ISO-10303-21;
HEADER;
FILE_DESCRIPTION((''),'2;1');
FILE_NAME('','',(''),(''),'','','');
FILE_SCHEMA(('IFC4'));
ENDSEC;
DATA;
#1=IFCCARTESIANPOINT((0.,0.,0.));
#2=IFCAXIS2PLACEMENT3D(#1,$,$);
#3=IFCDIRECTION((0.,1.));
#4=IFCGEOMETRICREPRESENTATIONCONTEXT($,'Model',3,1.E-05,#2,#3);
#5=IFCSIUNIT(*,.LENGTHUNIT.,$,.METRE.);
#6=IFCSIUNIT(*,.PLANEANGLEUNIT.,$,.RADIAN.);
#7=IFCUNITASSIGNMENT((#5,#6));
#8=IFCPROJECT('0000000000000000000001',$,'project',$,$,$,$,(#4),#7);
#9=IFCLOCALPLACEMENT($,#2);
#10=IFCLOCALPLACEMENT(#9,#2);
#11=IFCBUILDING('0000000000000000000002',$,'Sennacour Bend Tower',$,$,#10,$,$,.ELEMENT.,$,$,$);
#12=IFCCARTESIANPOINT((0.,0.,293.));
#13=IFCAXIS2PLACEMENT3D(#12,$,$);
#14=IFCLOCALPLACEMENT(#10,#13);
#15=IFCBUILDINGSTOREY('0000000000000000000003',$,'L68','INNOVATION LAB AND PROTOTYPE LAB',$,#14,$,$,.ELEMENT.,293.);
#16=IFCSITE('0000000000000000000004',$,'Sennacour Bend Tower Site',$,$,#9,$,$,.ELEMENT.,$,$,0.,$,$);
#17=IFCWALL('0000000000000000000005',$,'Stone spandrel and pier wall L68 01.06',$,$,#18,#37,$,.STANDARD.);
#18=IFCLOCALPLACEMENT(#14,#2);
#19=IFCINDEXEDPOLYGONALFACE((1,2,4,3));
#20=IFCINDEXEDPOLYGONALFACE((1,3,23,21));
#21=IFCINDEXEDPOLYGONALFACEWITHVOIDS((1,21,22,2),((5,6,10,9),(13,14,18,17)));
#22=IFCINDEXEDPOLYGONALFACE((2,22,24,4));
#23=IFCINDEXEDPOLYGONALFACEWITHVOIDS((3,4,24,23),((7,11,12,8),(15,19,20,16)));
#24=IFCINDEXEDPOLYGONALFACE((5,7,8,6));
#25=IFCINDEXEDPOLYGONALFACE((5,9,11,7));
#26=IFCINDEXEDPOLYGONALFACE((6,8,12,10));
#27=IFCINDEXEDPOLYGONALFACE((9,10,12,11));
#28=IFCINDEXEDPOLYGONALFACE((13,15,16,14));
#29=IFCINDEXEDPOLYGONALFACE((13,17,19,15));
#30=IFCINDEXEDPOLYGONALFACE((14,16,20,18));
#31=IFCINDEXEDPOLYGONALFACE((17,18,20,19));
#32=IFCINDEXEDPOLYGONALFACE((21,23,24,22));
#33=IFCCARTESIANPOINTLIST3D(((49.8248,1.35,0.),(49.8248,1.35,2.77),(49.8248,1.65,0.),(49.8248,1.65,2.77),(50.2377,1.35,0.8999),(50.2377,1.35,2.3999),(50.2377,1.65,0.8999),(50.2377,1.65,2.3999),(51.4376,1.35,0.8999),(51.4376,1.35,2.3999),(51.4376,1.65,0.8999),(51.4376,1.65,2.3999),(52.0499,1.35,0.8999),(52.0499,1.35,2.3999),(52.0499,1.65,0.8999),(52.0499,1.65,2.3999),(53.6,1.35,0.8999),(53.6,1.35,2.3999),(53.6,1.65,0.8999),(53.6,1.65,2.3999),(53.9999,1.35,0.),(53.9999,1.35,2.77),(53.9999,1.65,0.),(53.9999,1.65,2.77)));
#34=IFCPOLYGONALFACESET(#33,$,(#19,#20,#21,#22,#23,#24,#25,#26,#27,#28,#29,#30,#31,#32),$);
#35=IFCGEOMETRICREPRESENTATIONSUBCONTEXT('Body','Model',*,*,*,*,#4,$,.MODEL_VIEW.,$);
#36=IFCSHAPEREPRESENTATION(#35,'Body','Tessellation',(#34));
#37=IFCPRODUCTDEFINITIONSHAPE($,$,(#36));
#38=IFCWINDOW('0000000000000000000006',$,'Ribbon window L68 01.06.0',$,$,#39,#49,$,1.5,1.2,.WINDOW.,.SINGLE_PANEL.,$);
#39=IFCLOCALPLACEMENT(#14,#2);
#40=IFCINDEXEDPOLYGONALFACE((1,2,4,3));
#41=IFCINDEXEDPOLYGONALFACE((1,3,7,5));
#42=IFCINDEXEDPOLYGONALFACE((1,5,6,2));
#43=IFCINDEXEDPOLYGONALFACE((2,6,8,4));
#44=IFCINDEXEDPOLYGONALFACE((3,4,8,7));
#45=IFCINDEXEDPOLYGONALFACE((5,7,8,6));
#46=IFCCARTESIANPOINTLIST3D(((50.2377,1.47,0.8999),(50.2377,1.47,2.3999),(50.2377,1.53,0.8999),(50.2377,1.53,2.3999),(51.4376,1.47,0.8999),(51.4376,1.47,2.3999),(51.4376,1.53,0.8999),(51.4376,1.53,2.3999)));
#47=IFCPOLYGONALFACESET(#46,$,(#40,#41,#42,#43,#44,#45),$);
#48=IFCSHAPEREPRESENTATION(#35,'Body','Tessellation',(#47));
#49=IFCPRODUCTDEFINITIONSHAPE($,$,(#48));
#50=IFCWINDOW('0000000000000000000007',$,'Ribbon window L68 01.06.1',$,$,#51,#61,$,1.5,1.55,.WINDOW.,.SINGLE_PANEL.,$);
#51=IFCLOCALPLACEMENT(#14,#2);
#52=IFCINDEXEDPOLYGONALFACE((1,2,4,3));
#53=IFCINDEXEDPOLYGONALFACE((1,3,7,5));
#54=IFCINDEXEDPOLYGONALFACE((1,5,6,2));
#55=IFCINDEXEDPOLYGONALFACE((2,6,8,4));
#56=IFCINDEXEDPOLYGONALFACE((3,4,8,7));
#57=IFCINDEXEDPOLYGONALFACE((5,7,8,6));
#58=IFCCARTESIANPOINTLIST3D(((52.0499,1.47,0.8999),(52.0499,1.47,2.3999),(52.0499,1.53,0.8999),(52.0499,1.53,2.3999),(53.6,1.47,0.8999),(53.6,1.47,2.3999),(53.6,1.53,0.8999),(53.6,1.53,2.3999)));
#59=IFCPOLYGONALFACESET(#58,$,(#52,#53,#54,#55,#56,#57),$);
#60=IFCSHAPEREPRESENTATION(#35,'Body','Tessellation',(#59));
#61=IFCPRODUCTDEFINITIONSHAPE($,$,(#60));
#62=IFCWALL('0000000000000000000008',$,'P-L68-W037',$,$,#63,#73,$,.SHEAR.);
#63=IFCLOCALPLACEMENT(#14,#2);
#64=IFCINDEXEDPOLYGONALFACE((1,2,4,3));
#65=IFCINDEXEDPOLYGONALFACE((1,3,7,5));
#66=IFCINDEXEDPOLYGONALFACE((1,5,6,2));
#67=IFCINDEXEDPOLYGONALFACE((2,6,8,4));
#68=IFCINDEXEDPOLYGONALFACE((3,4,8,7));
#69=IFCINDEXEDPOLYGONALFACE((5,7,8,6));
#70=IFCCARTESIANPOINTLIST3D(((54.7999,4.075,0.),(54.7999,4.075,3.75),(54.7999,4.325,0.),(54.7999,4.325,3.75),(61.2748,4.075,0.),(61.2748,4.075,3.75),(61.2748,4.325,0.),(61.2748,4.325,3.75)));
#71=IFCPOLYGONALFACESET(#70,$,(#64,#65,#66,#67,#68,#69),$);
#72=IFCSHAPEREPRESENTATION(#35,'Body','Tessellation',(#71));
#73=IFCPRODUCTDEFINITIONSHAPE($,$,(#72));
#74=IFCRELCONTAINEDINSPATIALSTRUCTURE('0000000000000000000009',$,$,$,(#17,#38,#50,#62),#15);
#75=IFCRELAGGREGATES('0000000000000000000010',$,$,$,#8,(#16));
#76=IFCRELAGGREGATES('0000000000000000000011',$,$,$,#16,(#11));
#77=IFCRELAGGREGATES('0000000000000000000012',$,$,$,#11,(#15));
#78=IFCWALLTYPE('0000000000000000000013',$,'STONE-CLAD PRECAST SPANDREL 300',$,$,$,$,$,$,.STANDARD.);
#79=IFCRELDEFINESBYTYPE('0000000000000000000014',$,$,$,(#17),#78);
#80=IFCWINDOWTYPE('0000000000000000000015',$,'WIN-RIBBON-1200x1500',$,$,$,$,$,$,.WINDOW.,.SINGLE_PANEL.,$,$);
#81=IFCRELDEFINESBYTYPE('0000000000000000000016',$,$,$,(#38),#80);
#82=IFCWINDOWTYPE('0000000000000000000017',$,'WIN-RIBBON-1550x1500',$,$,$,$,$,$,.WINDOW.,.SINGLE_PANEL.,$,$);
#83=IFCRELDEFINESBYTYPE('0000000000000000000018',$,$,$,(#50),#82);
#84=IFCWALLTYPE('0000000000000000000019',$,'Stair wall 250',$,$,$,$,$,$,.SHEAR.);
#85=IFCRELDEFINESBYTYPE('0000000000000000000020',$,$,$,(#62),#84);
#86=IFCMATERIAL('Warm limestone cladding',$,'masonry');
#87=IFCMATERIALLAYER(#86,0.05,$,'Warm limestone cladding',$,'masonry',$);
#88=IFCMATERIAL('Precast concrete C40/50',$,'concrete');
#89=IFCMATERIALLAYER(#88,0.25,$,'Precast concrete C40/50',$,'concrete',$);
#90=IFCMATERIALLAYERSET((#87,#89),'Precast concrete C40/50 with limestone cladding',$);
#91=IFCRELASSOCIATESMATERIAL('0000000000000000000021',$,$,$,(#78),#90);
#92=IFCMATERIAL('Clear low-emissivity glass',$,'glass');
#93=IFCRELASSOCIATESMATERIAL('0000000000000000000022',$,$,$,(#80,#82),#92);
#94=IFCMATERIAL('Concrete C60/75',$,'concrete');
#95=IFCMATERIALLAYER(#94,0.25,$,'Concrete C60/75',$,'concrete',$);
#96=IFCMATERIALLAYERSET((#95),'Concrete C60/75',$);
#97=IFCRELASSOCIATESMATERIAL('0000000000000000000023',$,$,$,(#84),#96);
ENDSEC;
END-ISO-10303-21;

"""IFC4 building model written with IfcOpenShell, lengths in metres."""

from ifc_helpers import new_model, si_unit, direction, frame, frame_2d, origin, place, context, subcontext, project, spatial, rectangle, extrude, material, layer, layer_set, type_object, element, fill, save


model = new_model("IFC4")

# Units and contexts
model_context = context("Model", 3, precision=1e-05, world=origin(), true_north=direction((0.0, 1.0)))
body_context = subcontext(model_context, "Body", "Model", "MODEL_VIEW")
ifc_project = project(units=[si_unit("LENGTHUNIT", "METRE"), si_unit("PLANEANGLEUNIT", "RADIAN")], contexts=[model_context])

# Site, building, storey
site_placement = place(None, origin())
site = spatial("IfcSite", under=ifc_project, at=site_placement, Name="Sennacour Bend Tower Site", CompositionType="ELEMENT", RefElevation=0.0)
building_placement = place(site_placement, origin())
building = spatial("IfcBuilding", under=site, at=building_placement, Name="Sennacour Bend Tower", CompositionType="ELEMENT")
storey_placement = place(building_placement, frame((0.0, 0.0, 293.0)))
storey = spatial("IfcBuildingStorey", under=building, at=storey_placement, Name="L68", Description="INNOVATION LAB AND PROTOTYPE LAB", CompositionType="ELEMENT", Elevation=293.0)

# Wall, openings, windows
ifc_material_1 = material(Name="Warm limestone cladding", Category="masonry")
ifc_layer_1 = layer(ifc_material_1, 0.05, Name="Warm limestone cladding", Category="masonry")
ifc_material_2 = material(Name="Precast concrete C40/50", Category="concrete")
ifc_layer_2 = layer(ifc_material_2, 0.25, Name="Precast concrete C40/50", Category="concrete")
ifc_layer_set_1 = layer_set([ifc_layer_1, ifc_layer_2], Name="Precast concrete C40/50 with limestone cladding")
wall_type_1 = type_object("IfcWallType", Name="STONE-CLAD PRECAST SPANDREL 300", PredefinedType="STANDARD", material=ifc_layer_set_1)
ifc_material_3 = material(Name="Clear low-emissivity glass", Category="glass")
window_type_1 = type_object("IfcWindowType", Name="WIN-RIBBON-1200x1500", PartitioningType="SINGLE_PANEL", PredefinedType="WINDOW", material=ifc_material_3)
wall_1_placement = place(storey_placement, frame((49.825, 1.5, 0.0), z_axis=(0.0, 0.0, 1.0), x_axis=(1.0, 0.0, 0.0)))
wall_1 = element("IfcWall", 1, at=wall_1_placement, inside=storey, type_object=wall_type_1, Name="Stone spandrel and pier wall L68 01.06", PredefinedType="STANDARD", context=body_context, shape_type="SweptSolid", body=[
    extrude(rectangle(XDim=4.175, YDim=0.3, at=frame_2d((2.0874, 0.0))), origin(), (0.0, 0.0, 1.0), 2.77),
])
opening_1_placement = place(wall_1_placement, frame((0.4126, 0.0, 0.8999)))
opening_1 = element("IfcOpeningElement", 2, at=opening_1_placement, cuts=wall_1, PredefinedType="OPENING", context=body_context, shape_type="SweptSolid", body=[
    extrude(rectangle(XDim=1.2, YDim=1.5, at=frame_2d((0.6001, 0.75))), frame((0.0, 0.1602, 0.0), z_axis=(0.0, -1.0, 0.0), x_axis=(1.0, 0.0, 0.0)), (0.0, 0.0, 1.0), 0.3201),
])
opening_2_placement = place(wall_1_placement, frame((2.2251, 0.0, 0.8999)))
opening_2 = element("IfcOpeningElement", 3, at=opening_2_placement, cuts=wall_1, PredefinedType="OPENING", context=body_context, shape_type="SweptSolid", body=[
    extrude(rectangle(XDim=1.55, YDim=1.5, at=frame_2d((0.7749, 0.75))), frame((0.0, 0.1602, 0.0), z_axis=(0.0, -1.0, 0.0), x_axis=(1.0, 0.0, 0.0)), (0.0, 0.0, 1.0), 0.3201),
])
window_1_placement = place(opening_1_placement, origin())
window_1 = element("IfcWindow", 4, at=window_1_placement, inside=storey, type_object=window_type_1, Name="Ribbon window L68 01.06.0", OverallHeight=1.5, OverallWidth=1.2, PartitioningType="SINGLE_PANEL", PredefinedType="WINDOW", context=body_context, shape_type="SweptSolid", body=[
    extrude(rectangle(XDim=1.2, YDim=1.5, at=frame_2d((0.6001, 0.75))), frame((0.0, 0.03, 0.0), z_axis=(0.0, -1.0, 0.0), x_axis=(1.0, 0.0, 0.0)), (0.0, 0.0, 1.0), 0.0601),
])
fill(opening_1, window_1)
window_type_2 = type_object("IfcWindowType", Name="WIN-RIBBON-1550x1500", PartitioningType="SINGLE_PANEL", PredefinedType="WINDOW", material=ifc_material_3)
window_2_placement = place(opening_2_placement, origin())
window_2 = element("IfcWindow", 5, at=window_2_placement, inside=storey, type_object=window_type_2, Name="Ribbon window L68 01.06.1", OverallHeight=1.5, OverallWidth=1.55, PartitioningType="SINGLE_PANEL", PredefinedType="WINDOW", context=body_context, shape_type="SweptSolid", body=[
    extrude(rectangle(XDim=1.55, YDim=1.5, at=frame_2d((0.7749, 0.75))), frame((0.0, 0.03, 0.0), z_axis=(0.0, -1.0, 0.0), x_axis=(1.0, 0.0, 0.0)), (0.0, 0.0, 1.0), 0.0601),
])
fill(opening_2, window_2)

# Wall
ifc_material_4 = material(Name="Concrete C60/75", Category="concrete")
ifc_layer_3 = layer(ifc_material_4, 0.25, Name="Concrete C60/75", Category="concrete")
ifc_layer_set_2 = layer_set([ifc_layer_3], Name="Concrete C60/75")
wall_type_2 = type_object("IfcWallType", Name="Stair wall 250", PredefinedType="SHEAR", material=ifc_layer_set_2)
wall_2_placement = place(storey_placement, frame((54.8, 4.2, 0.0), z_axis=(0.0, 0.0, 1.0), x_axis=(1.0, 0.0, 0.0)))
element("IfcWall", 6, at=wall_2_placement, inside=storey, type_object=wall_type_2, Name="P-L68-W037", PredefinedType="SHEAR", context=body_context, shape_type="SweptSolid", body=[
    extrude(rectangle(XDim=6.4749, YDim=0.25, at=frame_2d((3.2373, 0.0))), origin(), (0.0, 0.0, 1.0), 3.75),
])

save(model, "model.ifc")
